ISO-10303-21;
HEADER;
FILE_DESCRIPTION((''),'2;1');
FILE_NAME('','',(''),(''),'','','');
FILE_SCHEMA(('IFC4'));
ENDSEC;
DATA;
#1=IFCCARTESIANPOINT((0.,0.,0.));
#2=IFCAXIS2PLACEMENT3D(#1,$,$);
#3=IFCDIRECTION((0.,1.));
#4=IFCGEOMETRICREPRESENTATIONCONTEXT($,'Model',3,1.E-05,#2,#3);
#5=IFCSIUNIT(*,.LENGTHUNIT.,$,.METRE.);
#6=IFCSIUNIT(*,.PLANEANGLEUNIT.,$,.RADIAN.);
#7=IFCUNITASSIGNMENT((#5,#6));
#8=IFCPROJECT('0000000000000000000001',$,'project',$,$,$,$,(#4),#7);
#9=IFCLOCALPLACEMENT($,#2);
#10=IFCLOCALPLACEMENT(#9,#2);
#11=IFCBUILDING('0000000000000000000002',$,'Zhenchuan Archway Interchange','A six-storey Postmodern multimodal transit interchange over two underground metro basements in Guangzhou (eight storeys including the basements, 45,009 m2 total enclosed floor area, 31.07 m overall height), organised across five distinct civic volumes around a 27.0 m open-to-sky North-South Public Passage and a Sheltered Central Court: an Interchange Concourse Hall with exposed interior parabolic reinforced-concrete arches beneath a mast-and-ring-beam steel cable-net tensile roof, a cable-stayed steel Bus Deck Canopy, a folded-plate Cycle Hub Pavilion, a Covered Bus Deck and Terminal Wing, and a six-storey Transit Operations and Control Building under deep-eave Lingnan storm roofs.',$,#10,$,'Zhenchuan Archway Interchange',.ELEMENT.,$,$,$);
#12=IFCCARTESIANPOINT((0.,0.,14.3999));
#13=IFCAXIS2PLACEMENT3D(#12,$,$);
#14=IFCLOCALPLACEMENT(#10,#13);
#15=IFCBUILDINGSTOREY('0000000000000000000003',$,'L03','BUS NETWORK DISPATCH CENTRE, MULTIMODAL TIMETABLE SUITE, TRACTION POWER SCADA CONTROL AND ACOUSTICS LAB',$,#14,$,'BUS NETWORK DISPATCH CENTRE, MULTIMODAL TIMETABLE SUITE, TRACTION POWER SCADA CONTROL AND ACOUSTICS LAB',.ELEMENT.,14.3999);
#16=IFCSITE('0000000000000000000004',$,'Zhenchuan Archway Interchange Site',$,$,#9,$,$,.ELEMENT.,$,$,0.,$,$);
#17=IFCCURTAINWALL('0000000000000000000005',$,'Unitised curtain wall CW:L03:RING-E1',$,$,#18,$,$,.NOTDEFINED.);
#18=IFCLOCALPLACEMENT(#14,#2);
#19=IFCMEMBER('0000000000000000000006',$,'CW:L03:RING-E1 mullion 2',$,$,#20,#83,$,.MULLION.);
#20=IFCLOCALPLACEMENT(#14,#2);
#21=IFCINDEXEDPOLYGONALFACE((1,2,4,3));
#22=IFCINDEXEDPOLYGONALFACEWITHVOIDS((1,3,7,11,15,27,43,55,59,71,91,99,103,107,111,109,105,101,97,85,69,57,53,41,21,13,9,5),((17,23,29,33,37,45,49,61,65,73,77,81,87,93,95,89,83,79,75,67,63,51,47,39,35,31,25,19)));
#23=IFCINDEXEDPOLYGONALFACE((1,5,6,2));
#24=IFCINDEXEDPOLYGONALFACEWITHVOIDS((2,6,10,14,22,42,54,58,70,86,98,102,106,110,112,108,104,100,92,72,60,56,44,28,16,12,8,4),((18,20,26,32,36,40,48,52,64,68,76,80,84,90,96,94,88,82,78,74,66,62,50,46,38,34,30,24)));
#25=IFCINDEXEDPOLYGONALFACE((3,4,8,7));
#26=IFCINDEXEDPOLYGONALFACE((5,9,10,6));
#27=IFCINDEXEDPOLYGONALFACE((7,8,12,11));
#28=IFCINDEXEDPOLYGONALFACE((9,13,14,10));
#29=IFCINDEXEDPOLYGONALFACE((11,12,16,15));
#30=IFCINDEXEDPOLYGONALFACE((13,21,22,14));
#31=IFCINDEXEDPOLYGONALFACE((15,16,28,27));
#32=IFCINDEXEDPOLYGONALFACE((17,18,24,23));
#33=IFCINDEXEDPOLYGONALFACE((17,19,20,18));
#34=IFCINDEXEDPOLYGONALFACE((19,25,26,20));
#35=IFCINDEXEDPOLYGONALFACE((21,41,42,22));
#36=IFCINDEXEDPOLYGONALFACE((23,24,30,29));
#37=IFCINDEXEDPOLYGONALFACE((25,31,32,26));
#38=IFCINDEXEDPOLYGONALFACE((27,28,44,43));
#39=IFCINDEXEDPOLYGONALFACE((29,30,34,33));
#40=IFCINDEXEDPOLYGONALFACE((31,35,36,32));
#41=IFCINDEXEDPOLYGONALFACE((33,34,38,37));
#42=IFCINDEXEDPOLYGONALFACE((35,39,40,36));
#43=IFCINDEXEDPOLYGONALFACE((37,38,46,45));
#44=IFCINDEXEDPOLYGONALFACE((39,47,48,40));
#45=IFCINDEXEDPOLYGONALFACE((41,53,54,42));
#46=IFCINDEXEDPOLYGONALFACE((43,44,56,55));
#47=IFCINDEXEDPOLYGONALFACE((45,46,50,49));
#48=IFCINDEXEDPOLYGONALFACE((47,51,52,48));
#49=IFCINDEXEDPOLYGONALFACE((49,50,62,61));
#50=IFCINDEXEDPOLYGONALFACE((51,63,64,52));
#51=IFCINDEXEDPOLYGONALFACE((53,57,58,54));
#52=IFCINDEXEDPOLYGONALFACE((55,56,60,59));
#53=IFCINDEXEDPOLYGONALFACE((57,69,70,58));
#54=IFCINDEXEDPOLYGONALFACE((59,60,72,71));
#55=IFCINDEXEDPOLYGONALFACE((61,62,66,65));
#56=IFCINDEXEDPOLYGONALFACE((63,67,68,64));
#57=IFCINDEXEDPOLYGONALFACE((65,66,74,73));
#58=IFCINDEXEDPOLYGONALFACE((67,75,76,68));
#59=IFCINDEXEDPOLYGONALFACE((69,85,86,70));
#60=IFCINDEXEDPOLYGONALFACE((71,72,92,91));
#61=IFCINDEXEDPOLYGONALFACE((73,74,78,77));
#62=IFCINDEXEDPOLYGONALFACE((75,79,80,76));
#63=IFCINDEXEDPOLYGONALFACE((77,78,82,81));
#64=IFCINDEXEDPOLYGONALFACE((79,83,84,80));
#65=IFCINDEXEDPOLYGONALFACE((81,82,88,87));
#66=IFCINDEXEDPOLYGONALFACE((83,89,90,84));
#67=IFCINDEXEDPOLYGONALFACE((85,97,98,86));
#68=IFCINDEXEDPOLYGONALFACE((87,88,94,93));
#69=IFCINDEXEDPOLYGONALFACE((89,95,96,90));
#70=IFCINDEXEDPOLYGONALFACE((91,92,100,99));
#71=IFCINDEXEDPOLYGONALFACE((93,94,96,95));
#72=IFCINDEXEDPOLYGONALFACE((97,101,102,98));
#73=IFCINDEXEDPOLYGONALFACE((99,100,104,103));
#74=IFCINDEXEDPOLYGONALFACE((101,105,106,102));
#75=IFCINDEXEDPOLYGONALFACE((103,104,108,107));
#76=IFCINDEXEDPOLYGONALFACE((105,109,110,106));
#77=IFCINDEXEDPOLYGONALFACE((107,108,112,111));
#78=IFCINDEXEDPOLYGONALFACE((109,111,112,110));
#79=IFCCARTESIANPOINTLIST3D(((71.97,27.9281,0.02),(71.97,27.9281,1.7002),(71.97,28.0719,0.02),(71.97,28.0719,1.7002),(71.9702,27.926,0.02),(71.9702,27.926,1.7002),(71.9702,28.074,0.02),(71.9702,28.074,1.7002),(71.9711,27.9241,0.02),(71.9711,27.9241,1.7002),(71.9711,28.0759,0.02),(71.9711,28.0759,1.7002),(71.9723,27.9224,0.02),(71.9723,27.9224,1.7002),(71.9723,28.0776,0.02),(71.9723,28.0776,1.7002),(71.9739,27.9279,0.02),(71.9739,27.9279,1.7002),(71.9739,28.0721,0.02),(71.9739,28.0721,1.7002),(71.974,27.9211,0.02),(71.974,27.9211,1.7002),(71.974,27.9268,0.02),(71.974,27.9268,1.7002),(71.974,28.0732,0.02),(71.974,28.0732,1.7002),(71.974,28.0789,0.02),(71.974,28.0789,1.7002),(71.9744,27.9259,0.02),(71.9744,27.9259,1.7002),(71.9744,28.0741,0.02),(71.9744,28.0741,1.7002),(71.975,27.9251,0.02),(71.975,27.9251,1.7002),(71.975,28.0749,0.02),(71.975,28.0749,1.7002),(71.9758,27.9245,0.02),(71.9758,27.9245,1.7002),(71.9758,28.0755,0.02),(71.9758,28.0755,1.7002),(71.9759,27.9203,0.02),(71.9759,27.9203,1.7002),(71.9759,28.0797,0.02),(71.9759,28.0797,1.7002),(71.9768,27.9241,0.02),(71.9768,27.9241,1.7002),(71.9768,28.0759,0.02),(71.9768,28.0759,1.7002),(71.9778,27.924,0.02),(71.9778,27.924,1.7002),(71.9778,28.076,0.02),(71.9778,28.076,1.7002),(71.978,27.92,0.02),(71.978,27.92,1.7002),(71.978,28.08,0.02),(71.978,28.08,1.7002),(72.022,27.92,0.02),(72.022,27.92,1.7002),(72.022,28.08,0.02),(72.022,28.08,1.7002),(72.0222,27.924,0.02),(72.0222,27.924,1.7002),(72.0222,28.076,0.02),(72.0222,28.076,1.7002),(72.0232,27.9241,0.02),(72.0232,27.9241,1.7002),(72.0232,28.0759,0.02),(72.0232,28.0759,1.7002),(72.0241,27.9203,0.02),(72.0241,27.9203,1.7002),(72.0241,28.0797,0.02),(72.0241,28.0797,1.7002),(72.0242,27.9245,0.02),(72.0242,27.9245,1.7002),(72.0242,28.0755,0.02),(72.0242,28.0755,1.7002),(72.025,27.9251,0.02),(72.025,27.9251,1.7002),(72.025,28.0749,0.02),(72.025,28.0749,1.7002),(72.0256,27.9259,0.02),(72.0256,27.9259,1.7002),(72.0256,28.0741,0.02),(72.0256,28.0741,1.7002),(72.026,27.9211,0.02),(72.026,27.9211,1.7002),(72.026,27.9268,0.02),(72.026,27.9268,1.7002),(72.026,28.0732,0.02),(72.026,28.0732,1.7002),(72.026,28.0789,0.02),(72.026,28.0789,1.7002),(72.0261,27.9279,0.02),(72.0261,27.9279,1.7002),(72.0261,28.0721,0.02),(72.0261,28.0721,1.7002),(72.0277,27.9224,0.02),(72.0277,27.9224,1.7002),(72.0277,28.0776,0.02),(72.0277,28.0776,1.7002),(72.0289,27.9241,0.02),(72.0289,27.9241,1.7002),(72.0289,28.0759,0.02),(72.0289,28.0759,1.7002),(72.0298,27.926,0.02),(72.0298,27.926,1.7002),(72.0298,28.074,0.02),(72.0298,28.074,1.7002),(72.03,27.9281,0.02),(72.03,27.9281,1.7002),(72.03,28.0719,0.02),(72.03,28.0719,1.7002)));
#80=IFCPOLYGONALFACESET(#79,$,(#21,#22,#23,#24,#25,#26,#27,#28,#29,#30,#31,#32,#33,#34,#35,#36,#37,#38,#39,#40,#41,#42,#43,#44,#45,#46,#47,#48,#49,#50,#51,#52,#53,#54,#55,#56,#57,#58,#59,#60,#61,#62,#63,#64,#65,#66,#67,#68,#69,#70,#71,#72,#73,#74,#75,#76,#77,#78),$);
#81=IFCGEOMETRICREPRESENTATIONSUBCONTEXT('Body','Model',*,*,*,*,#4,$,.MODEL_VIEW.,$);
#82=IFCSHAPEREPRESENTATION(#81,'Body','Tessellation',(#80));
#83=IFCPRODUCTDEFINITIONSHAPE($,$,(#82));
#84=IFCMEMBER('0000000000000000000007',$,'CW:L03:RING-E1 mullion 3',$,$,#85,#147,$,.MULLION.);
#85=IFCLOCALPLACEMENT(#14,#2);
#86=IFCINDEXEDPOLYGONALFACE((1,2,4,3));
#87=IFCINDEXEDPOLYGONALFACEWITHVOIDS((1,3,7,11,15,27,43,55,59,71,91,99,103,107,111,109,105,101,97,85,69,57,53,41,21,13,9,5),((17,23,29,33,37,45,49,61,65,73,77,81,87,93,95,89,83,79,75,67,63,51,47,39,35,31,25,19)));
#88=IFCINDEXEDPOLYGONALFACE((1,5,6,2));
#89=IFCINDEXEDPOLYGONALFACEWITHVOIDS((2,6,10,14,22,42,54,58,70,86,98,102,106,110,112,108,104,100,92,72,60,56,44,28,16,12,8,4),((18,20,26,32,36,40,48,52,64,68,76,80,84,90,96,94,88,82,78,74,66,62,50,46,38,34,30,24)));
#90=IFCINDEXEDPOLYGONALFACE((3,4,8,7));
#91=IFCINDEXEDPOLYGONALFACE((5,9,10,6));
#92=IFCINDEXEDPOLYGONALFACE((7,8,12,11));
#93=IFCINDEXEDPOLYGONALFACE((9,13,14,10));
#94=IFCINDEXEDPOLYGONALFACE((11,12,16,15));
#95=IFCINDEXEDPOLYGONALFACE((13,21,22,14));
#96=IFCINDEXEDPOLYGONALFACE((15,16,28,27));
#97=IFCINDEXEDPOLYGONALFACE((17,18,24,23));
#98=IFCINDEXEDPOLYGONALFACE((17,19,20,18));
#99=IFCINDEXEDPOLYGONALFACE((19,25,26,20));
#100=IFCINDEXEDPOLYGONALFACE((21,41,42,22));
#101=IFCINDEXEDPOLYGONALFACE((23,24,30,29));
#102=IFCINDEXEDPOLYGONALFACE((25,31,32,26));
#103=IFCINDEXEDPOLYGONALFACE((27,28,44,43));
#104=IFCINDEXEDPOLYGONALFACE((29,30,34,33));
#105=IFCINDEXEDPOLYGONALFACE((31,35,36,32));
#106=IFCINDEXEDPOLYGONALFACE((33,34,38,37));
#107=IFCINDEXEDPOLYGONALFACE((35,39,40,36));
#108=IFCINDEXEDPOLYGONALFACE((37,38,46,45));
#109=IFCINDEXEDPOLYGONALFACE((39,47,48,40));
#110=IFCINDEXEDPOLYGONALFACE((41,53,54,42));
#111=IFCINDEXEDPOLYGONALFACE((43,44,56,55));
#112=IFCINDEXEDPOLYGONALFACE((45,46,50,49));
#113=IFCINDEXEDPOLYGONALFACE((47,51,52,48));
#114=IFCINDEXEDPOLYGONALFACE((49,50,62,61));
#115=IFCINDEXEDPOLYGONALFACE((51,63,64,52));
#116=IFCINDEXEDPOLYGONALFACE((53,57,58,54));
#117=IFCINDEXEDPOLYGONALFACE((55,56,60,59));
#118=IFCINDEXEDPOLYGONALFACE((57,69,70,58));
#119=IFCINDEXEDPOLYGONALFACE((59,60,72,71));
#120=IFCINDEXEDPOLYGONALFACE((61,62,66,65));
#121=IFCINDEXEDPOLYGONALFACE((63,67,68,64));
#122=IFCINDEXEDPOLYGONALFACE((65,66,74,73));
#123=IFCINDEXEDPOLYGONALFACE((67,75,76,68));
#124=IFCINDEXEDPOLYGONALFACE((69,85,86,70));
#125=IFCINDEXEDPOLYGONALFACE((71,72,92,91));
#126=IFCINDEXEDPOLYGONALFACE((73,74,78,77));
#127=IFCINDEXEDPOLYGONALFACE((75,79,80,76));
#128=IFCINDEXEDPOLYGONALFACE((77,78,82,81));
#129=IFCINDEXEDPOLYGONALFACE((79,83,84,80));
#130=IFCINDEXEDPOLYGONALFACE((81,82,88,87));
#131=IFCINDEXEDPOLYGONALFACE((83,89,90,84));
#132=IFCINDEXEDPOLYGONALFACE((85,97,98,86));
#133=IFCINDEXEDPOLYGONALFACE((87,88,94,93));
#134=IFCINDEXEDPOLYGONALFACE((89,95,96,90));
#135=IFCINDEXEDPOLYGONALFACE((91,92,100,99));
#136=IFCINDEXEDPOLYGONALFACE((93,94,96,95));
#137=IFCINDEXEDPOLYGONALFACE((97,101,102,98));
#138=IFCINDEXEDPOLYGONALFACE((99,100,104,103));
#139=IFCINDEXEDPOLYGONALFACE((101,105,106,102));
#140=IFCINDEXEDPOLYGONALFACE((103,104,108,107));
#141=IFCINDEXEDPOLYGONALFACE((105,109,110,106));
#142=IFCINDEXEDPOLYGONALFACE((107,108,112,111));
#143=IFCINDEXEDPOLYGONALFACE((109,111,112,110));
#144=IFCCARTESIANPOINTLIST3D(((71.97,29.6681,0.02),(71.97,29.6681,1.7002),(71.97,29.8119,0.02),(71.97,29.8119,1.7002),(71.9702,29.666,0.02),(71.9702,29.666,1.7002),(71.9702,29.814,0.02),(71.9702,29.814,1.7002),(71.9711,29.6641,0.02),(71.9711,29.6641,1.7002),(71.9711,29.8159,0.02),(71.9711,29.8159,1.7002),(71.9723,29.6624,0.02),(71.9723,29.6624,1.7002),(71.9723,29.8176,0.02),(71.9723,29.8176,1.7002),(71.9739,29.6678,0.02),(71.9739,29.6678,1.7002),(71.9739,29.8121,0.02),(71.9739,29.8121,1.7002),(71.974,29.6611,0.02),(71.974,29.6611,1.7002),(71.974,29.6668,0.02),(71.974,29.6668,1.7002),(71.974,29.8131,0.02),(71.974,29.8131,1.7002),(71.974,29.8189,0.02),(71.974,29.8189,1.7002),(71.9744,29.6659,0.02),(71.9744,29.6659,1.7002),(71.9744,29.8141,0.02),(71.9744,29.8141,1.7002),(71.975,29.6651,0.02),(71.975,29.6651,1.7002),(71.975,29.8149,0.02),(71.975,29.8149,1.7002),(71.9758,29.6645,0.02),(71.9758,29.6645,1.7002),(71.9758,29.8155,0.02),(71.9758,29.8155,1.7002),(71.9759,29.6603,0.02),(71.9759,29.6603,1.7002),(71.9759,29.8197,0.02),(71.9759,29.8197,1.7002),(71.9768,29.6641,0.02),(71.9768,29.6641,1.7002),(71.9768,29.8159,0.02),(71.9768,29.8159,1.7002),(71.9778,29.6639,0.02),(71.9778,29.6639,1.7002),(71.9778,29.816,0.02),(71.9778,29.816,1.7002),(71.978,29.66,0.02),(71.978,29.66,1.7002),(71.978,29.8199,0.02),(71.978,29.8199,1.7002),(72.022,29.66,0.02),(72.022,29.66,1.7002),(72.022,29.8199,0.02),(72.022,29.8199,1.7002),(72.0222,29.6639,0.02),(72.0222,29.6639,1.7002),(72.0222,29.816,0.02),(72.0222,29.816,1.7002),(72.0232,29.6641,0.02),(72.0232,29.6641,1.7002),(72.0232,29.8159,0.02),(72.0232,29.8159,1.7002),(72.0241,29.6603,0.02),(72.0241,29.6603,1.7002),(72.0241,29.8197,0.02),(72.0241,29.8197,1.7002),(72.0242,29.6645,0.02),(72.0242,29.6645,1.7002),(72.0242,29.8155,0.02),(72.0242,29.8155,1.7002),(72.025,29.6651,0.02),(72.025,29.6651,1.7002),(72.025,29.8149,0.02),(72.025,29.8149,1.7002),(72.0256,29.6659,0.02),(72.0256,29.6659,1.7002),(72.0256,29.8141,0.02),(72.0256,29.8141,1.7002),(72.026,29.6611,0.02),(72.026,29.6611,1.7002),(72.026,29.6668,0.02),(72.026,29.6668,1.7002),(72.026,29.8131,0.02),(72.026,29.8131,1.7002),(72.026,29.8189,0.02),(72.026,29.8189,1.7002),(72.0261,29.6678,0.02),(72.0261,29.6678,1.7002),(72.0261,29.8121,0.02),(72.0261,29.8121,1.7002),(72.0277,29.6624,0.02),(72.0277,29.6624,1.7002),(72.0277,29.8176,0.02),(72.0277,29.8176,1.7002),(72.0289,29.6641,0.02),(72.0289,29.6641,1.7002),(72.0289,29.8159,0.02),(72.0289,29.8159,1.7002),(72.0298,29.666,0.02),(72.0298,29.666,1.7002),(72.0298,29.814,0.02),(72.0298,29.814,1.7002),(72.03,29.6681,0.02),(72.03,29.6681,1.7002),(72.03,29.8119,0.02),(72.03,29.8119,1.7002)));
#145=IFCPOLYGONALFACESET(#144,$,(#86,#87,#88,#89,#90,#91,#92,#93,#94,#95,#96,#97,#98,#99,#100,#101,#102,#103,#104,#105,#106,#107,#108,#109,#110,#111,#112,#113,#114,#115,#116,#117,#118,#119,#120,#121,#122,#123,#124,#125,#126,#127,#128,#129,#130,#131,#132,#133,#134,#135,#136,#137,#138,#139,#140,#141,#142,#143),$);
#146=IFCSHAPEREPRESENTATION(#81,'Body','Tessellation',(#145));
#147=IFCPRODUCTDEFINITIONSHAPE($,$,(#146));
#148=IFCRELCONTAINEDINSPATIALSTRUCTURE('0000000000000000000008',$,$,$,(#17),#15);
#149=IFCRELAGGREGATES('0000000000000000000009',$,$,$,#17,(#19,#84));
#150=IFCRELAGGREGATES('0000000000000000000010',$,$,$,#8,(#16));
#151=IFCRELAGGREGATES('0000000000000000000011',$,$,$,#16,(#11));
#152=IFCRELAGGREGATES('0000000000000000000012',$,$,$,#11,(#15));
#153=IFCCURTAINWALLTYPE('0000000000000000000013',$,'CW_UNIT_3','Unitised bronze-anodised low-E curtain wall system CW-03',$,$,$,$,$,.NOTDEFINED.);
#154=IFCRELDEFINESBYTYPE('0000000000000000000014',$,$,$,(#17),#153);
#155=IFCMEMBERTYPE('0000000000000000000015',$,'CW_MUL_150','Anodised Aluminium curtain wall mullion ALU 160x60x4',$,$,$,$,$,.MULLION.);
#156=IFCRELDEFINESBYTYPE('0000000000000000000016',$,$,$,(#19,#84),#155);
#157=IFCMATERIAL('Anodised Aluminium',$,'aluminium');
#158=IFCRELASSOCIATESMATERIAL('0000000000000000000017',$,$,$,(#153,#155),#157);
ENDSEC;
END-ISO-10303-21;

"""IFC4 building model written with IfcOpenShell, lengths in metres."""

from ifc_helpers import new_model, si_unit, direction, frame, origin, origin_2d, place, context, subcontext, project, spatial, hollow_rectangle, extrude, material, material_profile, profile_set, type_object, element, aggregate, save


model = new_model("IFC4")

# Units and contexts
model_context = context("Model", 3, precision=1e-05, world=origin(), true_north=direction((0.0, 1.0)))
body_context = subcontext(model_context, "Body", "Model", "MODEL_VIEW")
ifc_project = project(units=[si_unit("LENGTHUNIT", "METRE"), si_unit("PLANEANGLEUNIT", "RADIAN")], contexts=[model_context])

# Site, building, storey
site_placement = place(None, origin())
site = spatial("IfcSite", under=ifc_project, at=site_placement, Name="Zhenchuan Archway Interchange Site", CompositionType="ELEMENT", RefElevation=0.0)
building_placement = place(site_placement, origin())
building = spatial("IfcBuilding", under=site, at=building_placement, Name="Zhenchuan Archway Interchange", Description="A six-storey Postmodern multimodal transit interchange over two underground metro basements in Guangzhou (eight storeys including the basements, 45,009 m2 total enclosed floor area, 31.07 m overall height), organised across five distinct civic volumes around a 27.0 m open-to-sky North-South Public Passage and a Sheltered Central Court: an Interchange Concourse Hall with exposed interior parabolic reinforced-concrete arches beneath a mast-and-ring-beam steel cable-net tensile roof, a cable-stayed steel Bus Deck Canopy, a folded-plate Cycle Hub Pavilion, a Covered Bus Deck and Terminal Wing, and a six-storey Transit Operations and Control Building under deep-eave Lingnan storm roofs.", LongName="Zhenchuan Archway Interchange", CompositionType="ELEMENT")
storey_placement = place(building_placement, frame((0.0, 0.0, 14.3999)))
storey = spatial("IfcBuildingStorey", under=building, at=storey_placement, Name="L03", Description="BUS NETWORK DISPATCH CENTRE, MULTIMODAL TIMETABLE SUITE, TRACTION POWER SCADA CONTROL AND ACOUSTICS LAB", LongName="BUS NETWORK DISPATCH CENTRE, MULTIMODAL TIMETABLE SUITE, TRACTION POWER SCADA CONTROL AND ACOUSTICS LAB", CompositionType="ELEMENT", Elevation=14.3999)

# Curtain wall, members
ifc_material_1 = material(Name="Anodised Aluminium", Category="aluminium")
curtain_wall_type = type_object("IfcCurtainWallType", Name="CW_UNIT_3", Description="Unitised bronze-anodised low-E curtain wall system CW-03", PredefinedType="NOTDEFINED", material=ifc_material_1)
curtain_wall_1_placement = place(storey_placement, origin())
curtain_wall_1 = element("IfcCurtainWall", 1, at=curtain_wall_1_placement, inside=storey, type_object=curtain_wall_type, Name="Unitised curtain wall CW:L03:RING-E1", PredefinedType="NOTDEFINED")
ifc_material_profile_1 = material_profile(ifc_material_1, hollow_rectangle(XDim=0.0601, YDim=0.1599, WallThickness=0.0039, InnerFilletRadius=0.0039, OuterFilletRadius=0.0081, at=origin_2d()), Name="ALU 160x60x4")
ifc_profile_set_1 = profile_set([ifc_material_profile_1], Name="Anodised Aluminium")
member_type_1 = type_object("IfcMemberType", Name="CW_MUL_150", Description="Anodised Aluminium curtain wall mullion ALU 160x60x4", PredefinedType="MULLION", material=ifc_profile_set_1)
member_1_placement = place(storey_placement, frame((72.0, 28.0, 0.02), z_axis=(0.0, 0.0, 1.0), x_axis=(1.0, 0.0, 0.0)))
member_1 = element("IfcMember", 2, at=member_1_placement, type_object=member_type_1, Name="CW:L03:RING-E1 mullion 2", PredefinedType="MULLION", context=body_context, shape_type="SweptSolid", body=[
    extrude(hollow_rectangle(XDim=0.0601, YDim=0.1599, WallThickness=0.0039, InnerFilletRadius=0.0039, OuterFilletRadius=0.0081, at=origin_2d()), origin(), (0.0, 0.0, 1.0), 1.6802),
])
member_2_placement = place(storey_placement, frame((72.0, 29.74, 0.02), z_axis=(0.0, 0.0, 1.0), x_axis=(1.0, 0.0, 0.0)))
member_2 = element("IfcMember", 3, at=member_2_placement, type_object=member_type_1, Name="CW:L03:RING-E1 mullion 3", PredefinedType="MULLION", context=body_context, shape_type="SweptSolid", body=[
    extrude(hollow_rectangle(XDim=0.0601, YDim=0.1599, WallThickness=0.0039, InnerFilletRadius=0.0039, OuterFilletRadius=0.0081, at=origin_2d()), origin(), (0.0, 0.0, 1.0), 1.6802),
])

aggregate(curtain_wall_1, [member_1, member_2])

save(model, "model.ifc")
